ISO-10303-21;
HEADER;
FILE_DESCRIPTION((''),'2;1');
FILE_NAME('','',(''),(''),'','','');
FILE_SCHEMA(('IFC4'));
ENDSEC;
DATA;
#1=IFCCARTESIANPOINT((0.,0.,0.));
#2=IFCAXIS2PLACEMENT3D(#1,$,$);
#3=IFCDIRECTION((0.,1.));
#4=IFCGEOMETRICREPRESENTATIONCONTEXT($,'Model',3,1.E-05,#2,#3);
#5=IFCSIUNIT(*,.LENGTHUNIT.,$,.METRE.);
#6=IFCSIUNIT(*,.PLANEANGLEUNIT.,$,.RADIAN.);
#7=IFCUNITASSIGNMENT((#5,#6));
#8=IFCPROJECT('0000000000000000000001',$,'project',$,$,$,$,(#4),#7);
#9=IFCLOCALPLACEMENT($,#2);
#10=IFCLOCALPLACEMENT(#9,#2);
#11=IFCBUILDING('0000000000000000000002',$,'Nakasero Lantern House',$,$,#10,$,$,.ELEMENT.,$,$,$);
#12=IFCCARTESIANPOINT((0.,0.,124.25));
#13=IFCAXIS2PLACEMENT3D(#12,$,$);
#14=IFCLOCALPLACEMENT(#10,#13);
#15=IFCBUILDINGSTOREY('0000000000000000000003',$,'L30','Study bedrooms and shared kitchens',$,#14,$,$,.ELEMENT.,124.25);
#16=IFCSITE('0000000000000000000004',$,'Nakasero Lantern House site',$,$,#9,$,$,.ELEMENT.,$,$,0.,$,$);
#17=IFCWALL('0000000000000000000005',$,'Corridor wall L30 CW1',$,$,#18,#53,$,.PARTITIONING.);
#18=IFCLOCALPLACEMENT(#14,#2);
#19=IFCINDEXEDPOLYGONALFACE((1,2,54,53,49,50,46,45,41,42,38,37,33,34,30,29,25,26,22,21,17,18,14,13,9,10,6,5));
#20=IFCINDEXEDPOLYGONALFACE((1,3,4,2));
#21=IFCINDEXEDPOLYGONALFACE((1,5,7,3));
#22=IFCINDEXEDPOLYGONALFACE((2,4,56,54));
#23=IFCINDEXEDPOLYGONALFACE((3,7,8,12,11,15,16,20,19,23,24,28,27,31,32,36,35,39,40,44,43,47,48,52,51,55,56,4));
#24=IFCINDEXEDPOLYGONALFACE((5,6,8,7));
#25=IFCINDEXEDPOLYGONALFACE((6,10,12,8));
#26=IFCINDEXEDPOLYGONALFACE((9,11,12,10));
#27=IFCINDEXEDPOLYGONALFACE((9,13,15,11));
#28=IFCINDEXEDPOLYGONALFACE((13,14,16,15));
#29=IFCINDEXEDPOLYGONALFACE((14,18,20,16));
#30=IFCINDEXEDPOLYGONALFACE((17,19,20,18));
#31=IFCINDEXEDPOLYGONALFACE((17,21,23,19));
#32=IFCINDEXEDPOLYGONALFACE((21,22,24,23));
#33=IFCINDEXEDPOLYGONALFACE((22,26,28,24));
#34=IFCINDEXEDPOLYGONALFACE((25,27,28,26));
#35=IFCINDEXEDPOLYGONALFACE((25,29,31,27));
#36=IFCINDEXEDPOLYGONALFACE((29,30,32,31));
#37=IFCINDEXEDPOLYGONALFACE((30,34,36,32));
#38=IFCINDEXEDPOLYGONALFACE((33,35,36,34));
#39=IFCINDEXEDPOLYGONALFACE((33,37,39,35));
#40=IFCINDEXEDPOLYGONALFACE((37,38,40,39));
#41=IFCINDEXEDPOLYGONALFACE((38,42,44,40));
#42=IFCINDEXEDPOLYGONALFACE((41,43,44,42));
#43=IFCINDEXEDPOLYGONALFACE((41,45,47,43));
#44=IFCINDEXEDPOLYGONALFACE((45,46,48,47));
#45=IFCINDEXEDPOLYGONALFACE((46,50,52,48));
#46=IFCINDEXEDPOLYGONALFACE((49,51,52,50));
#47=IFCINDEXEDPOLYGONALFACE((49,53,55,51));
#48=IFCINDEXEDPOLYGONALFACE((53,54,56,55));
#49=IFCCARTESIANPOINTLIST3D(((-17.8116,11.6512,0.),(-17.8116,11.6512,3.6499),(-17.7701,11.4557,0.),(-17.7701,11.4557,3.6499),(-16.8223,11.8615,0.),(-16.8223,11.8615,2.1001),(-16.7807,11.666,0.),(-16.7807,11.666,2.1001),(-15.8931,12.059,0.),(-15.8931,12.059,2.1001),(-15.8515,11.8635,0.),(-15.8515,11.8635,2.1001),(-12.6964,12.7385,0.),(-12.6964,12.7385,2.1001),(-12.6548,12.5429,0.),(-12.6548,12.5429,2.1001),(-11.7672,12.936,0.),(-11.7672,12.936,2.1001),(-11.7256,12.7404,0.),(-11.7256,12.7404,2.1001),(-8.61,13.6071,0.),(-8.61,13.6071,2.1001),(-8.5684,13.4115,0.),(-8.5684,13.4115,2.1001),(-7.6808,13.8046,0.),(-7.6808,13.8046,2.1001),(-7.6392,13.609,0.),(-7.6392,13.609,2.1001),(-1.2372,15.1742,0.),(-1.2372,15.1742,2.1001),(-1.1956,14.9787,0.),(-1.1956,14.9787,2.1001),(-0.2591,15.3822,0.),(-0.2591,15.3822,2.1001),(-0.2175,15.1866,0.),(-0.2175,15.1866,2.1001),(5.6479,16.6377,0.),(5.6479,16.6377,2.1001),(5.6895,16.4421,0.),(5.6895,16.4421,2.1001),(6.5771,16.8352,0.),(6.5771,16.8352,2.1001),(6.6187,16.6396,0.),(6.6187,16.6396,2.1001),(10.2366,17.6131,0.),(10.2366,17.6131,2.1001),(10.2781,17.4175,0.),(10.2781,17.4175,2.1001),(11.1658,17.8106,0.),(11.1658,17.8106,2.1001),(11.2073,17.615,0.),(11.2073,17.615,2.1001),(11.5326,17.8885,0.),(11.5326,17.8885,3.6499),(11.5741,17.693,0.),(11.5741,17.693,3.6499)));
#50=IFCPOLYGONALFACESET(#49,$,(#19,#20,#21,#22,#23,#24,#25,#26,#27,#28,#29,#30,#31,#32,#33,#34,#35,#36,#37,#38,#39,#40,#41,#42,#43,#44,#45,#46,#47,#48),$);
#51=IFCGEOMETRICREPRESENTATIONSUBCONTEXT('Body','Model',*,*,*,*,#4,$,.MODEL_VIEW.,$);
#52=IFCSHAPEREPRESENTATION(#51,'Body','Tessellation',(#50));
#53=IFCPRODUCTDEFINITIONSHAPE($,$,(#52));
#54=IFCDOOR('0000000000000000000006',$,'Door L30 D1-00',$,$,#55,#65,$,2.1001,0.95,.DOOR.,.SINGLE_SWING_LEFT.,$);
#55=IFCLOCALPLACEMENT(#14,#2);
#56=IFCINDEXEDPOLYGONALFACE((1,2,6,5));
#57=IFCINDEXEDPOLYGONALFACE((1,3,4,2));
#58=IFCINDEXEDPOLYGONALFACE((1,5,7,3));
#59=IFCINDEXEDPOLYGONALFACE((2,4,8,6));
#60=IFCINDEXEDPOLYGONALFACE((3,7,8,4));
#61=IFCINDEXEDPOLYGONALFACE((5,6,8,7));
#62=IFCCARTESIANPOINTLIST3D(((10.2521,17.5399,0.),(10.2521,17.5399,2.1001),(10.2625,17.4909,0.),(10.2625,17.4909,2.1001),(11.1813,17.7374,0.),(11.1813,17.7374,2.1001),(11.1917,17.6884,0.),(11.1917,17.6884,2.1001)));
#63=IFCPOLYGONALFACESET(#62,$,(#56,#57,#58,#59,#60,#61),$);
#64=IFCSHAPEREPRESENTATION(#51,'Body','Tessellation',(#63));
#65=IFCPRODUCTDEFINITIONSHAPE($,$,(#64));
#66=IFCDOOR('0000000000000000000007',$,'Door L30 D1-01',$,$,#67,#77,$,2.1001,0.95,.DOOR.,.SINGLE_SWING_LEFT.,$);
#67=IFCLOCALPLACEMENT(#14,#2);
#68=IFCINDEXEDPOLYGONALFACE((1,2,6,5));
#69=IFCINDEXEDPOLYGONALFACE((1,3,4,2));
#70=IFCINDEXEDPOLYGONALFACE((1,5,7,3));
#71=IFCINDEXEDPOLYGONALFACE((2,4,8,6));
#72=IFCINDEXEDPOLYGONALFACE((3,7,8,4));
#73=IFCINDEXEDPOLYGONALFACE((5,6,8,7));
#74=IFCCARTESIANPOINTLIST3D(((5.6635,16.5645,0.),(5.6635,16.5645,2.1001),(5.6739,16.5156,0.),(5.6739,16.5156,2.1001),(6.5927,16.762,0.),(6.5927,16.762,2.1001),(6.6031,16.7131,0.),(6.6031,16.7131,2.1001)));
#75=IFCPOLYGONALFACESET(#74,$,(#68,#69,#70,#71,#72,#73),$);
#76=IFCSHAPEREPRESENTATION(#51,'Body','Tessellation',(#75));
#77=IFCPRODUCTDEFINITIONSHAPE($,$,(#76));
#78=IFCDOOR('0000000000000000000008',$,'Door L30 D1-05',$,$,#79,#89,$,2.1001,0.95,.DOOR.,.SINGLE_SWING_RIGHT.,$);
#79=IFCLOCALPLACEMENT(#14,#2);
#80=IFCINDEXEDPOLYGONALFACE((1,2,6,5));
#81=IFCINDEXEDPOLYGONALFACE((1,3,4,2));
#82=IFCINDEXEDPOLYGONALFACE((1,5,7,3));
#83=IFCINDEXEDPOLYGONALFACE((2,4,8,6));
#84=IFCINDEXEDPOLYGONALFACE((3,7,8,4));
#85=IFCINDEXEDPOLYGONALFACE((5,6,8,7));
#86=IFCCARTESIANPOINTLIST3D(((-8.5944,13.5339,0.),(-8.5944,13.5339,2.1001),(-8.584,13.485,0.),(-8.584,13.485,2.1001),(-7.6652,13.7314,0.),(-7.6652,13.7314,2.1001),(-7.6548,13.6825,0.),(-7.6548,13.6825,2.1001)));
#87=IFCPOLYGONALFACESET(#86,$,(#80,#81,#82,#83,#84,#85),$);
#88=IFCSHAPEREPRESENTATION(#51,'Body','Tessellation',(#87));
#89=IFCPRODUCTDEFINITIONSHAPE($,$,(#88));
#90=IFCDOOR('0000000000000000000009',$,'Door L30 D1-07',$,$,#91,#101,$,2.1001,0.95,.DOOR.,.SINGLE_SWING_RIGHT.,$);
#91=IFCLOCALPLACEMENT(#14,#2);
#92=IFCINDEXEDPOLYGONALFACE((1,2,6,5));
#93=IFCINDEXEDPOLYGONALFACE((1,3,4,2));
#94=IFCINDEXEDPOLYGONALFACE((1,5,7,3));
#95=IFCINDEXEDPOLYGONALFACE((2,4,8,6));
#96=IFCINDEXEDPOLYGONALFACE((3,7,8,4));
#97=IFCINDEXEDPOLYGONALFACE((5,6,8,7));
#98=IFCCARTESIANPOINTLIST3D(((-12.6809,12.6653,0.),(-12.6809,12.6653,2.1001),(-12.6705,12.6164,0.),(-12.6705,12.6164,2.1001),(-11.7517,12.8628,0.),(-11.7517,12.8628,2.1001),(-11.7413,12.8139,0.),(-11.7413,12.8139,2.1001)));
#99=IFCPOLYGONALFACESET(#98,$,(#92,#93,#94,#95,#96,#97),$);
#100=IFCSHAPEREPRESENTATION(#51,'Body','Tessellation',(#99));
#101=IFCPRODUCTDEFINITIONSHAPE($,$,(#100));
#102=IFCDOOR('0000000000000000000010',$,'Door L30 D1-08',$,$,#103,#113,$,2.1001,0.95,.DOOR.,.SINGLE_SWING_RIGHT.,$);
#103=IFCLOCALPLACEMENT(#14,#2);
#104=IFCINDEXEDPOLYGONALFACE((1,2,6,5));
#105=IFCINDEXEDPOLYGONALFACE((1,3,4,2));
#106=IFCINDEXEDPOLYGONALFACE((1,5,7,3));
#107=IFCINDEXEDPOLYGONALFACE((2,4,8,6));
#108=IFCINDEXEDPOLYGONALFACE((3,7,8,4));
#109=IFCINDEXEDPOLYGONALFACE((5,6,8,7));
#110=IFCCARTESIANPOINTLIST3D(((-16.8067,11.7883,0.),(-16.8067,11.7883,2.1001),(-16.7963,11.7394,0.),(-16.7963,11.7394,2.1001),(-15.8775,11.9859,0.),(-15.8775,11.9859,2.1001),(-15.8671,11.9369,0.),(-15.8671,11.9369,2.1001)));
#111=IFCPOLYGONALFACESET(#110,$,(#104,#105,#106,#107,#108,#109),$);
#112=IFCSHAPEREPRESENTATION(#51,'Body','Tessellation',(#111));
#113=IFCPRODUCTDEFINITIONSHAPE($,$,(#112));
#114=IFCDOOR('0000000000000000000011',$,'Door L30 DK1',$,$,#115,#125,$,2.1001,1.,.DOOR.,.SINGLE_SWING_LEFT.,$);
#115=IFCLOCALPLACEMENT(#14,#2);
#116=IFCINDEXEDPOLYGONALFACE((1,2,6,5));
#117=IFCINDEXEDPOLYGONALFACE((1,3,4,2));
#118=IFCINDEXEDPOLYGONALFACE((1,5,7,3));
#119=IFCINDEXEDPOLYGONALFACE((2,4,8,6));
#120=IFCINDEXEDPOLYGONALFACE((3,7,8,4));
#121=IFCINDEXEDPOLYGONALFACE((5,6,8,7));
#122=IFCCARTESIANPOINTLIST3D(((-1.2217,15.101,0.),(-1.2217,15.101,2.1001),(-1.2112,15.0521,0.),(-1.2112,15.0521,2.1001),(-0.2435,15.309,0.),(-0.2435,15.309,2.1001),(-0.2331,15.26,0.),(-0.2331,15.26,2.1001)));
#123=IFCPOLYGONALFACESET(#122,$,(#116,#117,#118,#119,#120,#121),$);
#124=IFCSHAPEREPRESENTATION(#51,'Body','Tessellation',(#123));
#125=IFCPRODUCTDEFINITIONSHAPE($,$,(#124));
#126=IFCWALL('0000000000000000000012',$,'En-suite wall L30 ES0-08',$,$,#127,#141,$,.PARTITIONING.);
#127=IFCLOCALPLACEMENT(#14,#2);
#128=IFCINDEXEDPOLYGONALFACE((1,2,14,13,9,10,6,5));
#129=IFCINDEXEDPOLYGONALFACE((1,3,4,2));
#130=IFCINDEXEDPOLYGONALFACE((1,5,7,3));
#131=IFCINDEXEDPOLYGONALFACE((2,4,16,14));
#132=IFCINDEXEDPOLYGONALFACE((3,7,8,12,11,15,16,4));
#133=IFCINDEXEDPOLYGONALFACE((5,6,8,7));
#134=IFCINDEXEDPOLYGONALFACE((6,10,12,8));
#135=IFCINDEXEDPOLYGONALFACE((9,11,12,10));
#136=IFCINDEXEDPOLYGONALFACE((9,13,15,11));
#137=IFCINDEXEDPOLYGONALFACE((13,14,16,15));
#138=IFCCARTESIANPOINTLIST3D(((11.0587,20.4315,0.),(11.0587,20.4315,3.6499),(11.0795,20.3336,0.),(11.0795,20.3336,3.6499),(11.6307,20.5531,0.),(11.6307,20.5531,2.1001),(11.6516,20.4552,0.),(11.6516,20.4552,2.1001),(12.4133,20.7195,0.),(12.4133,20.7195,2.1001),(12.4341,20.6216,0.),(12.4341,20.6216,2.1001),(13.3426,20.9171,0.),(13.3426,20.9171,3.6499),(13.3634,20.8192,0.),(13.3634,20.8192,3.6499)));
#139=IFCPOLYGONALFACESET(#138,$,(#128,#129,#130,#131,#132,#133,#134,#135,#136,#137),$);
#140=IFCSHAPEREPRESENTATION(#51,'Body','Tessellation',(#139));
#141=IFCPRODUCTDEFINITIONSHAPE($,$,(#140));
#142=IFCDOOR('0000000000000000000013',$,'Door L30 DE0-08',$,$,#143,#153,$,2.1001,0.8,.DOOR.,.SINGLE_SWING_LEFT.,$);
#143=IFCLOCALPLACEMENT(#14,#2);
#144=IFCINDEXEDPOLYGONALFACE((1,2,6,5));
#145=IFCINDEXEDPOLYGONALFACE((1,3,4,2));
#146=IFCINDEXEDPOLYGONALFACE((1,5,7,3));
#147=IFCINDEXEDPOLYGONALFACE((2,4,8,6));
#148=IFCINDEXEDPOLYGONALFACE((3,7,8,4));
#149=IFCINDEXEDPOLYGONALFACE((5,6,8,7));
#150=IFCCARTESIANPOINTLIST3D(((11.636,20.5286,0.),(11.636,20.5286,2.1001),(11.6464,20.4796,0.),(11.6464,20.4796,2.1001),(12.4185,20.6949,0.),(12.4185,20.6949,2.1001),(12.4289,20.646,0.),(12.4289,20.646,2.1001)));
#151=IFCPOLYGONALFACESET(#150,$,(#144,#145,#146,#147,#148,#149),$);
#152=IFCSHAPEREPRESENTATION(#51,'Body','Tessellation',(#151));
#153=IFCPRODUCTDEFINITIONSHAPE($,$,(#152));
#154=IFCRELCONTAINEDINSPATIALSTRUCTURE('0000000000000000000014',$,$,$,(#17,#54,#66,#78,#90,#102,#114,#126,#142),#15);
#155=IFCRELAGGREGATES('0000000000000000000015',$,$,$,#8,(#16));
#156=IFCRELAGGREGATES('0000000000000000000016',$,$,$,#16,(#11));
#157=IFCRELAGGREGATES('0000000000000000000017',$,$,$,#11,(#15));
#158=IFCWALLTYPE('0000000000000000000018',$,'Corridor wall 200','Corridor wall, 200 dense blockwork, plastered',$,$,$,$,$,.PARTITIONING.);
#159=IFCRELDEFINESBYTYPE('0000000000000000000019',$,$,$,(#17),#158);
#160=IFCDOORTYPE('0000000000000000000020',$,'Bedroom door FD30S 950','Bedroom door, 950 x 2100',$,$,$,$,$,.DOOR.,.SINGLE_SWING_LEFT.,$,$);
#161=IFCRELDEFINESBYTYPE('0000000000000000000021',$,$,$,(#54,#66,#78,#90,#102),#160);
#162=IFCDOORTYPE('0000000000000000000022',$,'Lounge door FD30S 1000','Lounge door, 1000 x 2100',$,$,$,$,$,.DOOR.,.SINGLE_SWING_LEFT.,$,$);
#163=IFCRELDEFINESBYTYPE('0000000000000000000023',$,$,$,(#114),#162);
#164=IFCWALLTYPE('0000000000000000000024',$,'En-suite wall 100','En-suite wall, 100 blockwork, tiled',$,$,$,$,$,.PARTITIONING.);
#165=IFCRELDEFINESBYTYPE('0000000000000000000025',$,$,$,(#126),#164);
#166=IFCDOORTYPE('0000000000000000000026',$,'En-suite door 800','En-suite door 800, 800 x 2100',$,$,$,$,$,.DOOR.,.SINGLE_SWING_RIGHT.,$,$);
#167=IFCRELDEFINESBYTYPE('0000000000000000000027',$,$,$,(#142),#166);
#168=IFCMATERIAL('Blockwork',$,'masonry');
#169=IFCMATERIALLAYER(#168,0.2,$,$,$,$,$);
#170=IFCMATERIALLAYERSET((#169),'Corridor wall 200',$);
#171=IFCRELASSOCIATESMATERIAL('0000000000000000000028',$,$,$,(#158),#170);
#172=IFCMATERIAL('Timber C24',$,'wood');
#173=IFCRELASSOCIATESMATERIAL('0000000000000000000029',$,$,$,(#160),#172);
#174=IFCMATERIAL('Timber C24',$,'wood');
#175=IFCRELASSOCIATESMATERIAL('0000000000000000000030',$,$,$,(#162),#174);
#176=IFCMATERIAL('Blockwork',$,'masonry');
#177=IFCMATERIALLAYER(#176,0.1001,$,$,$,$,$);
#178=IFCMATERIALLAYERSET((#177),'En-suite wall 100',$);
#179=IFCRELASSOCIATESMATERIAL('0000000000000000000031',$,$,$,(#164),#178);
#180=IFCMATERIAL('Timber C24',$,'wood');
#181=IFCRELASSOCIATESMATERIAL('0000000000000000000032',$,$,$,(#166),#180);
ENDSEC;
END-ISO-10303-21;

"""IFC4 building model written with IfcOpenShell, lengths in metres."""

from ifc_helpers import new_model, si_unit, direction, frame, frame_2d, origin, place, context, subcontext, project, spatial, rectangle, extrude, material, layer, layer_set, type_object, element, fill, save


model = new_model("IFC4")

# Units and contexts
model_context = context("Model", 3, precision=1e-05, world=origin(), true_north=direction((0.0, 1.0)))
body_context = subcontext(model_context, "Body", "Model", "MODEL_VIEW")
ifc_project = project(units=[si_unit("LENGTHUNIT", "METRE"), si_unit("PLANEANGLEUNIT", "RADIAN")], contexts=[model_context])

# Site, building, storey
site_placement = place(None, origin())
site = spatial("IfcSite", under=ifc_project, at=site_placement, Name="Nakasero Lantern House site", CompositionType="ELEMENT", RefElevation=0.0)
building_placement = place(site_placement, origin())
building = spatial("IfcBuilding", under=site, at=building_placement, Name="Nakasero Lantern House", CompositionType="ELEMENT")
storey_placement = place(building_placement, frame((0.0, 0.0, 124.25)))
storey = spatial("IfcBuildingStorey", under=building, at=storey_placement, Name="L30", Description="Study bedrooms and shared kitchens", CompositionType="ELEMENT", Elevation=124.25)

# Wall, openings, doors
ifc_material_1 = material(Name="Blockwork", Category="masonry")
ifc_layer_1 = layer(ifc_material_1, 0.2)
ifc_layer_set_1 = layer_set([ifc_layer_1], Name="Corridor wall 200")
wall_type_1 = type_object("IfcWallType", Name="Corridor wall 200", Description="Corridor wall, 200 dense blockwork, plastered", PredefinedType="PARTITIONING", material=ifc_layer_set_1)
wall_1_placement = place(storey_placement, frame((11.5535, 17.7908, 0.0), z_axis=(0.0, 0.0, 1.0), x_axis=(-0.978148, -0.207912, 0.0)))
wall_1 = element("IfcWall", 1, at=wall_1_placement, inside=storey, type_object=wall_type_1, Name="Corridor wall L30 CW1", PredefinedType="PARTITIONING", context=body_context, shape_type="SweptSolid", body=[
    extrude(rectangle(XDim=29.9998, YDim=0.2, at=frame_2d((15.0, 0.0))), origin(), (0.0, 0.0, 1.0), 3.6499),
])
opening_1_placement = place(wall_1_placement, frame((0.375, 0.0, 0.0)))
opening_1 = element("IfcOpeningElement", 2, at=opening_1_placement, cuts=wall_1, PredefinedType="OPENING", context=body_context, shape_type="SweptSolid", body=[
    extrude(rectangle(XDim=0.95, YDim=2.1001, at=frame_2d((0.4751, 1.05))), frame((0.0, 0.1199, 0.0), z_axis=(0.0, -1.0, 0.0), x_axis=(1.0, 0.0, 0.0)), (0.0, 0.0, 1.0), 0.24),
])
opening_2_placement = place(wall_1_placement, frame((5.0662, 0.0, 0.0)))
opening_2 = element("IfcOpeningElement", 3, at=opening_2_placement, cuts=wall_1, PredefinedType="OPENING", context=body_context, shape_type="SweptSolid", body=[
    extrude(rectangle(XDim=0.95, YDim=2.1001, at=frame_2d((0.4751, 1.05))), frame((0.0, 0.1199, 0.0), z_axis=(0.0, -1.0, 0.0), x_axis=(1.0, 0.0, 0.0)), (0.0, 0.0, 1.0), 0.24),
])
opening_3_placement = place(wall_1_placement, frame((19.6426, 0.0, 0.0)))
opening_3 = element("IfcOpeningElement", 4, at=opening_3_placement, cuts=wall_1, PredefinedType="OPENING", context=body_context, shape_type="SweptSolid", body=[
    extrude(rectangle(XDim=0.95, YDim=2.1001, at=frame_2d((0.4751, 1.05))), frame((0.0, 0.1199, 0.0), z_axis=(0.0, -1.0, 0.0), x_axis=(1.0, 0.0, 0.0)), (0.0, 0.0, 1.0), 0.24),
])
opening_4_placement = place(wall_1_placement, frame((23.8203, 0.0, 0.0)))
opening_4 = element("IfcOpeningElement", 5, at=opening_4_placement, cuts=wall_1, PredefinedType="OPENING", context=body_context, shape_type="SweptSolid", body=[
    extrude(rectangle(XDim=0.95, YDim=2.1001, at=frame_2d((0.4751, 1.05))), frame((0.0, 0.1199, 0.0), z_axis=(0.0, -1.0, 0.0), x_axis=(1.0, 0.0, 0.0)), (0.0, 0.0, 1.0), 0.24),
])
opening_5_placement = place(wall_1_placement, frame((28.0383, 0.0, 0.0)))
opening_5 = element("IfcOpeningElement", 6, at=opening_5_placement, cuts=wall_1, PredefinedType="OPENING", context=body_context, shape_type="SweptSolid", body=[
    extrude(rectangle(XDim=0.95, YDim=2.1001, at=frame_2d((0.4751, 1.05))), frame((0.0, 0.1199, 0.0), z_axis=(0.0, -1.0, 0.0), x_axis=(1.0, 0.0, 0.0)), (0.0, 0.0, 1.0), 0.24),
])
opening_6_placement = place(wall_1_placement, frame((12.0552, 0.0, 0.0)))
opening_6 = element("IfcOpeningElement", 7, at=opening_6_placement, cuts=wall_1, PredefinedType="OPENING", context=body_context, shape_type="SweptSolid", body=[
    extrude(rectangle(XDim=1.0, YDim=2.1001, at=frame_2d((0.5, 1.05))), frame((0.0, 0.1199, 0.0), z_axis=(0.0, -1.0, 0.0), x_axis=(1.0, 0.0, 0.0)), (0.0, 0.0, 1.0), 0.24),
])
ifc_material_2 = material(Name="Timber C24", Category="wood")
door_type_1 = type_object("IfcDoorType", Name="Bedroom door FD30S 950", Description="Bedroom door, 950 x 2100", OperationType="SINGLE_SWING_LEFT", PredefinedType="DOOR", material=ifc_material_2)
door_1_placement = place(opening_1_placement, origin())
door_1 = element("IfcDoor", 8, at=door_1_placement, inside=storey, type_object=door_type_1, Name="Door L30 D1-00", OperationType="SINGLE_SWING_LEFT", OverallHeight=2.1001, OverallWidth=0.95, PredefinedType="DOOR", context=body_context, shape_type="SweptSolid", body=[
    extrude(rectangle(XDim=0.95, YDim=2.1001, at=frame_2d((0.4751, 1.05))), frame((0.0, 0.0249, 0.0), z_axis=(0.0, -1.0, 0.0), x_axis=(1.0, 0.0, 0.0)), (0.0, 0.0, 1.0), 0.05),
])
fill(opening_1, door_1)
door_2_placement = place(opening_2_placement, origin())
door_2 = element("IfcDoor", 9, at=door_2_placement, inside=storey, type_object=door_type_1, Name="Door L30 D1-01", OperationType="SINGLE_SWING_LEFT", OverallHeight=2.1001, OverallWidth=0.95, PredefinedType="DOOR", context=body_context, shape_type="SweptSolid", body=[
    extrude(rectangle(XDim=0.95, YDim=2.1001, at=frame_2d((0.4751, 1.05))), frame((0.0, 0.0249, 0.0), z_axis=(0.0, -1.0, 0.0), x_axis=(1.0, 0.0, 0.0)), (0.0, 0.0, 1.0), 0.05),
])
fill(opening_2, door_2)
door_3_placement = place(opening_3_placement, origin())
door_3 = element("IfcDoor", 10, at=door_3_placement, inside=storey, type_object=door_type_1, Name="Door L30 D1-05", OperationType="SINGLE_SWING_RIGHT", OverallHeight=2.1001, OverallWidth=0.95, PredefinedType="DOOR", context=body_context, shape_type="SweptSolid", body=[
    extrude(rectangle(XDim=0.95, YDim=2.1001, at=frame_2d((0.4751, 1.05))), frame((0.0, 0.0249, 0.0), z_axis=(0.0, -1.0, 0.0), x_axis=(1.0, 0.0, 0.0)), (0.0, 0.0, 1.0), 0.05),
])
fill(opening_3, door_3)
door_4_placement = place(opening_4_placement, origin())
door_4 = element("IfcDoor", 11, at=door_4_placement, inside=storey, type_object=door_type_1, Name="Door L30 D1-07", OperationType="SINGLE_SWING_RIGHT", OverallHeight=2.1001, OverallWidth=0.95, PredefinedType="DOOR", context=body_context, shape_type="SweptSolid", body=[
    extrude(rectangle(XDim=0.95, YDim=2.1001, at=frame_2d((0.4751, 1.05))), frame((0.0, 0.0249, 0.0), z_axis=(0.0, -1.0, 0.0), x_axis=(1.0, 0.0, 0.0)), (0.0, 0.0, 1.0), 0.05),
])
fill(opening_4, door_4)
door_5_placement = place(opening_5_placement, origin())
door_5 = element("IfcDoor", 12, at=door_5_placement, inside=storey, type_object=door_type_1, Name="Door L30 D1-08", OperationType="SINGLE_SWING_RIGHT", OverallHeight=2.1001, OverallWidth=0.95, PredefinedType="DOOR", context=body_context, shape_type="SweptSolid", body=[
    extrude(rectangle(XDim=0.95, YDim=2.1001, at=frame_2d((0.4751, 1.05))), frame((0.0, 0.0249, 0.0), z_axis=(0.0, -1.0, 0.0), x_axis=(1.0, 0.0, 0.0)), (0.0, 0.0, 1.0), 0.05),
])
fill(opening_5, door_5)
ifc_material_3 = material(Name="Timber C24", Category="wood")
door_type_2 = type_object("IfcDoorType", Name="Lounge door FD30S 1000", Description="Lounge door, 1000 x 2100", OperationType="SINGLE_SWING_LEFT", PredefinedType="DOOR", material=ifc_material_3)
door_6_placement = place(opening_6_placement, origin())
door_6 = element("IfcDoor", 13, at=door_6_placement, inside=storey, type_object=door_type_2, Name="Door L30 DK1", OperationType="SINGLE_SWING_LEFT", OverallHeight=2.1001, OverallWidth=1.0, PredefinedType="DOOR", context=body_context, shape_type="SweptSolid", body=[
    extrude(rectangle(XDim=1.0, YDim=2.1001, at=frame_2d((0.5, 1.05))), frame((0.0, 0.0249, 0.0), z_axis=(0.0, -1.0, 0.0), x_axis=(1.0, 0.0, 0.0)), (0.0, 0.0, 1.0), 0.05),
])
fill(opening_6, door_6)

# Wall, opening, door
ifc_material_4 = material(Name="Blockwork", Category="masonry")
ifc_layer_2 = layer(ifc_material_4, 0.1001)
ifc_layer_set_2 = layer_set([ifc_layer_2], Name="En-suite wall 100")
wall_type_2 = type_object("IfcWallType", Name="En-suite wall 100", Description="En-suite wall, 100 blockwork, tiled", PredefinedType="PARTITIONING", material=ifc_layer_set_2)
wall_2_placement = place(storey_placement, frame((11.0691, 20.3826, 0.0), z_axis=(0.0, 0.0, 1.0), x_axis=(0.978136, 0.207965, 0.0)))
wall_2 = element("IfcWall", 14, at=wall_2_placement, inside=storey, type_object=wall_type_2, Name="En-suite wall L30 ES0-08", PredefinedType="PARTITIONING", context=body_context, shape_type="SweptSolid", body=[
    extrude(rectangle(XDim=2.335, YDim=0.1001, at=frame_2d((1.1675, 0.0))), origin(), (0.0, 0.0, 1.0), 3.6499),
])
opening_7_placement = place(wall_2_placement, frame((0.585, 0.0, 0.0)))
opening_7 = element("IfcOpeningElement", 15, at=opening_7_placement, cuts=wall_2, PredefinedType="OPENING", context=body_context, shape_type="SweptSolid", body=[
    extrude(rectangle(XDim=0.8, YDim=2.1001, at=frame_2d((0.3999, 1.05))), frame((0.0, 0.0701, 0.0), z_axis=(0.0, -1.0, 0.0), x_axis=(1.0, 0.0, 0.0)), (0.0, 0.0, 1.0), 0.1401),
])
ifc_material_5 = material(Name="Timber C24", Category="wood")
door_type_3 = type_object("IfcDoorType", Name="En-suite door 800", Description="En-suite door 800, 800 x 2100", OperationType="SINGLE_SWING_RIGHT", PredefinedType="DOOR", material=ifc_material_5)
door_7_placement = place(opening_7_placement, origin())
door_7 = element("IfcDoor", 16, at=door_7_placement, inside=storey, type_object=door_type_3, Name="Door L30 DE0-08", OperationType="SINGLE_SWING_LEFT", OverallHeight=2.1001, OverallWidth=0.8, PredefinedType="DOOR", context=body_context, shape_type="SweptSolid", body=[
    extrude(rectangle(XDim=0.8, YDim=2.1001, at=frame_2d((0.3999, 1.05))), frame((0.0, 0.0249, 0.0), z_axis=(0.0, -1.0, 0.0), x_axis=(1.0, 0.0, 0.0)), (0.0, 0.0, 1.0), 0.05),
])
fill(opening_7, door_7)

save(model, "model.ifc")
